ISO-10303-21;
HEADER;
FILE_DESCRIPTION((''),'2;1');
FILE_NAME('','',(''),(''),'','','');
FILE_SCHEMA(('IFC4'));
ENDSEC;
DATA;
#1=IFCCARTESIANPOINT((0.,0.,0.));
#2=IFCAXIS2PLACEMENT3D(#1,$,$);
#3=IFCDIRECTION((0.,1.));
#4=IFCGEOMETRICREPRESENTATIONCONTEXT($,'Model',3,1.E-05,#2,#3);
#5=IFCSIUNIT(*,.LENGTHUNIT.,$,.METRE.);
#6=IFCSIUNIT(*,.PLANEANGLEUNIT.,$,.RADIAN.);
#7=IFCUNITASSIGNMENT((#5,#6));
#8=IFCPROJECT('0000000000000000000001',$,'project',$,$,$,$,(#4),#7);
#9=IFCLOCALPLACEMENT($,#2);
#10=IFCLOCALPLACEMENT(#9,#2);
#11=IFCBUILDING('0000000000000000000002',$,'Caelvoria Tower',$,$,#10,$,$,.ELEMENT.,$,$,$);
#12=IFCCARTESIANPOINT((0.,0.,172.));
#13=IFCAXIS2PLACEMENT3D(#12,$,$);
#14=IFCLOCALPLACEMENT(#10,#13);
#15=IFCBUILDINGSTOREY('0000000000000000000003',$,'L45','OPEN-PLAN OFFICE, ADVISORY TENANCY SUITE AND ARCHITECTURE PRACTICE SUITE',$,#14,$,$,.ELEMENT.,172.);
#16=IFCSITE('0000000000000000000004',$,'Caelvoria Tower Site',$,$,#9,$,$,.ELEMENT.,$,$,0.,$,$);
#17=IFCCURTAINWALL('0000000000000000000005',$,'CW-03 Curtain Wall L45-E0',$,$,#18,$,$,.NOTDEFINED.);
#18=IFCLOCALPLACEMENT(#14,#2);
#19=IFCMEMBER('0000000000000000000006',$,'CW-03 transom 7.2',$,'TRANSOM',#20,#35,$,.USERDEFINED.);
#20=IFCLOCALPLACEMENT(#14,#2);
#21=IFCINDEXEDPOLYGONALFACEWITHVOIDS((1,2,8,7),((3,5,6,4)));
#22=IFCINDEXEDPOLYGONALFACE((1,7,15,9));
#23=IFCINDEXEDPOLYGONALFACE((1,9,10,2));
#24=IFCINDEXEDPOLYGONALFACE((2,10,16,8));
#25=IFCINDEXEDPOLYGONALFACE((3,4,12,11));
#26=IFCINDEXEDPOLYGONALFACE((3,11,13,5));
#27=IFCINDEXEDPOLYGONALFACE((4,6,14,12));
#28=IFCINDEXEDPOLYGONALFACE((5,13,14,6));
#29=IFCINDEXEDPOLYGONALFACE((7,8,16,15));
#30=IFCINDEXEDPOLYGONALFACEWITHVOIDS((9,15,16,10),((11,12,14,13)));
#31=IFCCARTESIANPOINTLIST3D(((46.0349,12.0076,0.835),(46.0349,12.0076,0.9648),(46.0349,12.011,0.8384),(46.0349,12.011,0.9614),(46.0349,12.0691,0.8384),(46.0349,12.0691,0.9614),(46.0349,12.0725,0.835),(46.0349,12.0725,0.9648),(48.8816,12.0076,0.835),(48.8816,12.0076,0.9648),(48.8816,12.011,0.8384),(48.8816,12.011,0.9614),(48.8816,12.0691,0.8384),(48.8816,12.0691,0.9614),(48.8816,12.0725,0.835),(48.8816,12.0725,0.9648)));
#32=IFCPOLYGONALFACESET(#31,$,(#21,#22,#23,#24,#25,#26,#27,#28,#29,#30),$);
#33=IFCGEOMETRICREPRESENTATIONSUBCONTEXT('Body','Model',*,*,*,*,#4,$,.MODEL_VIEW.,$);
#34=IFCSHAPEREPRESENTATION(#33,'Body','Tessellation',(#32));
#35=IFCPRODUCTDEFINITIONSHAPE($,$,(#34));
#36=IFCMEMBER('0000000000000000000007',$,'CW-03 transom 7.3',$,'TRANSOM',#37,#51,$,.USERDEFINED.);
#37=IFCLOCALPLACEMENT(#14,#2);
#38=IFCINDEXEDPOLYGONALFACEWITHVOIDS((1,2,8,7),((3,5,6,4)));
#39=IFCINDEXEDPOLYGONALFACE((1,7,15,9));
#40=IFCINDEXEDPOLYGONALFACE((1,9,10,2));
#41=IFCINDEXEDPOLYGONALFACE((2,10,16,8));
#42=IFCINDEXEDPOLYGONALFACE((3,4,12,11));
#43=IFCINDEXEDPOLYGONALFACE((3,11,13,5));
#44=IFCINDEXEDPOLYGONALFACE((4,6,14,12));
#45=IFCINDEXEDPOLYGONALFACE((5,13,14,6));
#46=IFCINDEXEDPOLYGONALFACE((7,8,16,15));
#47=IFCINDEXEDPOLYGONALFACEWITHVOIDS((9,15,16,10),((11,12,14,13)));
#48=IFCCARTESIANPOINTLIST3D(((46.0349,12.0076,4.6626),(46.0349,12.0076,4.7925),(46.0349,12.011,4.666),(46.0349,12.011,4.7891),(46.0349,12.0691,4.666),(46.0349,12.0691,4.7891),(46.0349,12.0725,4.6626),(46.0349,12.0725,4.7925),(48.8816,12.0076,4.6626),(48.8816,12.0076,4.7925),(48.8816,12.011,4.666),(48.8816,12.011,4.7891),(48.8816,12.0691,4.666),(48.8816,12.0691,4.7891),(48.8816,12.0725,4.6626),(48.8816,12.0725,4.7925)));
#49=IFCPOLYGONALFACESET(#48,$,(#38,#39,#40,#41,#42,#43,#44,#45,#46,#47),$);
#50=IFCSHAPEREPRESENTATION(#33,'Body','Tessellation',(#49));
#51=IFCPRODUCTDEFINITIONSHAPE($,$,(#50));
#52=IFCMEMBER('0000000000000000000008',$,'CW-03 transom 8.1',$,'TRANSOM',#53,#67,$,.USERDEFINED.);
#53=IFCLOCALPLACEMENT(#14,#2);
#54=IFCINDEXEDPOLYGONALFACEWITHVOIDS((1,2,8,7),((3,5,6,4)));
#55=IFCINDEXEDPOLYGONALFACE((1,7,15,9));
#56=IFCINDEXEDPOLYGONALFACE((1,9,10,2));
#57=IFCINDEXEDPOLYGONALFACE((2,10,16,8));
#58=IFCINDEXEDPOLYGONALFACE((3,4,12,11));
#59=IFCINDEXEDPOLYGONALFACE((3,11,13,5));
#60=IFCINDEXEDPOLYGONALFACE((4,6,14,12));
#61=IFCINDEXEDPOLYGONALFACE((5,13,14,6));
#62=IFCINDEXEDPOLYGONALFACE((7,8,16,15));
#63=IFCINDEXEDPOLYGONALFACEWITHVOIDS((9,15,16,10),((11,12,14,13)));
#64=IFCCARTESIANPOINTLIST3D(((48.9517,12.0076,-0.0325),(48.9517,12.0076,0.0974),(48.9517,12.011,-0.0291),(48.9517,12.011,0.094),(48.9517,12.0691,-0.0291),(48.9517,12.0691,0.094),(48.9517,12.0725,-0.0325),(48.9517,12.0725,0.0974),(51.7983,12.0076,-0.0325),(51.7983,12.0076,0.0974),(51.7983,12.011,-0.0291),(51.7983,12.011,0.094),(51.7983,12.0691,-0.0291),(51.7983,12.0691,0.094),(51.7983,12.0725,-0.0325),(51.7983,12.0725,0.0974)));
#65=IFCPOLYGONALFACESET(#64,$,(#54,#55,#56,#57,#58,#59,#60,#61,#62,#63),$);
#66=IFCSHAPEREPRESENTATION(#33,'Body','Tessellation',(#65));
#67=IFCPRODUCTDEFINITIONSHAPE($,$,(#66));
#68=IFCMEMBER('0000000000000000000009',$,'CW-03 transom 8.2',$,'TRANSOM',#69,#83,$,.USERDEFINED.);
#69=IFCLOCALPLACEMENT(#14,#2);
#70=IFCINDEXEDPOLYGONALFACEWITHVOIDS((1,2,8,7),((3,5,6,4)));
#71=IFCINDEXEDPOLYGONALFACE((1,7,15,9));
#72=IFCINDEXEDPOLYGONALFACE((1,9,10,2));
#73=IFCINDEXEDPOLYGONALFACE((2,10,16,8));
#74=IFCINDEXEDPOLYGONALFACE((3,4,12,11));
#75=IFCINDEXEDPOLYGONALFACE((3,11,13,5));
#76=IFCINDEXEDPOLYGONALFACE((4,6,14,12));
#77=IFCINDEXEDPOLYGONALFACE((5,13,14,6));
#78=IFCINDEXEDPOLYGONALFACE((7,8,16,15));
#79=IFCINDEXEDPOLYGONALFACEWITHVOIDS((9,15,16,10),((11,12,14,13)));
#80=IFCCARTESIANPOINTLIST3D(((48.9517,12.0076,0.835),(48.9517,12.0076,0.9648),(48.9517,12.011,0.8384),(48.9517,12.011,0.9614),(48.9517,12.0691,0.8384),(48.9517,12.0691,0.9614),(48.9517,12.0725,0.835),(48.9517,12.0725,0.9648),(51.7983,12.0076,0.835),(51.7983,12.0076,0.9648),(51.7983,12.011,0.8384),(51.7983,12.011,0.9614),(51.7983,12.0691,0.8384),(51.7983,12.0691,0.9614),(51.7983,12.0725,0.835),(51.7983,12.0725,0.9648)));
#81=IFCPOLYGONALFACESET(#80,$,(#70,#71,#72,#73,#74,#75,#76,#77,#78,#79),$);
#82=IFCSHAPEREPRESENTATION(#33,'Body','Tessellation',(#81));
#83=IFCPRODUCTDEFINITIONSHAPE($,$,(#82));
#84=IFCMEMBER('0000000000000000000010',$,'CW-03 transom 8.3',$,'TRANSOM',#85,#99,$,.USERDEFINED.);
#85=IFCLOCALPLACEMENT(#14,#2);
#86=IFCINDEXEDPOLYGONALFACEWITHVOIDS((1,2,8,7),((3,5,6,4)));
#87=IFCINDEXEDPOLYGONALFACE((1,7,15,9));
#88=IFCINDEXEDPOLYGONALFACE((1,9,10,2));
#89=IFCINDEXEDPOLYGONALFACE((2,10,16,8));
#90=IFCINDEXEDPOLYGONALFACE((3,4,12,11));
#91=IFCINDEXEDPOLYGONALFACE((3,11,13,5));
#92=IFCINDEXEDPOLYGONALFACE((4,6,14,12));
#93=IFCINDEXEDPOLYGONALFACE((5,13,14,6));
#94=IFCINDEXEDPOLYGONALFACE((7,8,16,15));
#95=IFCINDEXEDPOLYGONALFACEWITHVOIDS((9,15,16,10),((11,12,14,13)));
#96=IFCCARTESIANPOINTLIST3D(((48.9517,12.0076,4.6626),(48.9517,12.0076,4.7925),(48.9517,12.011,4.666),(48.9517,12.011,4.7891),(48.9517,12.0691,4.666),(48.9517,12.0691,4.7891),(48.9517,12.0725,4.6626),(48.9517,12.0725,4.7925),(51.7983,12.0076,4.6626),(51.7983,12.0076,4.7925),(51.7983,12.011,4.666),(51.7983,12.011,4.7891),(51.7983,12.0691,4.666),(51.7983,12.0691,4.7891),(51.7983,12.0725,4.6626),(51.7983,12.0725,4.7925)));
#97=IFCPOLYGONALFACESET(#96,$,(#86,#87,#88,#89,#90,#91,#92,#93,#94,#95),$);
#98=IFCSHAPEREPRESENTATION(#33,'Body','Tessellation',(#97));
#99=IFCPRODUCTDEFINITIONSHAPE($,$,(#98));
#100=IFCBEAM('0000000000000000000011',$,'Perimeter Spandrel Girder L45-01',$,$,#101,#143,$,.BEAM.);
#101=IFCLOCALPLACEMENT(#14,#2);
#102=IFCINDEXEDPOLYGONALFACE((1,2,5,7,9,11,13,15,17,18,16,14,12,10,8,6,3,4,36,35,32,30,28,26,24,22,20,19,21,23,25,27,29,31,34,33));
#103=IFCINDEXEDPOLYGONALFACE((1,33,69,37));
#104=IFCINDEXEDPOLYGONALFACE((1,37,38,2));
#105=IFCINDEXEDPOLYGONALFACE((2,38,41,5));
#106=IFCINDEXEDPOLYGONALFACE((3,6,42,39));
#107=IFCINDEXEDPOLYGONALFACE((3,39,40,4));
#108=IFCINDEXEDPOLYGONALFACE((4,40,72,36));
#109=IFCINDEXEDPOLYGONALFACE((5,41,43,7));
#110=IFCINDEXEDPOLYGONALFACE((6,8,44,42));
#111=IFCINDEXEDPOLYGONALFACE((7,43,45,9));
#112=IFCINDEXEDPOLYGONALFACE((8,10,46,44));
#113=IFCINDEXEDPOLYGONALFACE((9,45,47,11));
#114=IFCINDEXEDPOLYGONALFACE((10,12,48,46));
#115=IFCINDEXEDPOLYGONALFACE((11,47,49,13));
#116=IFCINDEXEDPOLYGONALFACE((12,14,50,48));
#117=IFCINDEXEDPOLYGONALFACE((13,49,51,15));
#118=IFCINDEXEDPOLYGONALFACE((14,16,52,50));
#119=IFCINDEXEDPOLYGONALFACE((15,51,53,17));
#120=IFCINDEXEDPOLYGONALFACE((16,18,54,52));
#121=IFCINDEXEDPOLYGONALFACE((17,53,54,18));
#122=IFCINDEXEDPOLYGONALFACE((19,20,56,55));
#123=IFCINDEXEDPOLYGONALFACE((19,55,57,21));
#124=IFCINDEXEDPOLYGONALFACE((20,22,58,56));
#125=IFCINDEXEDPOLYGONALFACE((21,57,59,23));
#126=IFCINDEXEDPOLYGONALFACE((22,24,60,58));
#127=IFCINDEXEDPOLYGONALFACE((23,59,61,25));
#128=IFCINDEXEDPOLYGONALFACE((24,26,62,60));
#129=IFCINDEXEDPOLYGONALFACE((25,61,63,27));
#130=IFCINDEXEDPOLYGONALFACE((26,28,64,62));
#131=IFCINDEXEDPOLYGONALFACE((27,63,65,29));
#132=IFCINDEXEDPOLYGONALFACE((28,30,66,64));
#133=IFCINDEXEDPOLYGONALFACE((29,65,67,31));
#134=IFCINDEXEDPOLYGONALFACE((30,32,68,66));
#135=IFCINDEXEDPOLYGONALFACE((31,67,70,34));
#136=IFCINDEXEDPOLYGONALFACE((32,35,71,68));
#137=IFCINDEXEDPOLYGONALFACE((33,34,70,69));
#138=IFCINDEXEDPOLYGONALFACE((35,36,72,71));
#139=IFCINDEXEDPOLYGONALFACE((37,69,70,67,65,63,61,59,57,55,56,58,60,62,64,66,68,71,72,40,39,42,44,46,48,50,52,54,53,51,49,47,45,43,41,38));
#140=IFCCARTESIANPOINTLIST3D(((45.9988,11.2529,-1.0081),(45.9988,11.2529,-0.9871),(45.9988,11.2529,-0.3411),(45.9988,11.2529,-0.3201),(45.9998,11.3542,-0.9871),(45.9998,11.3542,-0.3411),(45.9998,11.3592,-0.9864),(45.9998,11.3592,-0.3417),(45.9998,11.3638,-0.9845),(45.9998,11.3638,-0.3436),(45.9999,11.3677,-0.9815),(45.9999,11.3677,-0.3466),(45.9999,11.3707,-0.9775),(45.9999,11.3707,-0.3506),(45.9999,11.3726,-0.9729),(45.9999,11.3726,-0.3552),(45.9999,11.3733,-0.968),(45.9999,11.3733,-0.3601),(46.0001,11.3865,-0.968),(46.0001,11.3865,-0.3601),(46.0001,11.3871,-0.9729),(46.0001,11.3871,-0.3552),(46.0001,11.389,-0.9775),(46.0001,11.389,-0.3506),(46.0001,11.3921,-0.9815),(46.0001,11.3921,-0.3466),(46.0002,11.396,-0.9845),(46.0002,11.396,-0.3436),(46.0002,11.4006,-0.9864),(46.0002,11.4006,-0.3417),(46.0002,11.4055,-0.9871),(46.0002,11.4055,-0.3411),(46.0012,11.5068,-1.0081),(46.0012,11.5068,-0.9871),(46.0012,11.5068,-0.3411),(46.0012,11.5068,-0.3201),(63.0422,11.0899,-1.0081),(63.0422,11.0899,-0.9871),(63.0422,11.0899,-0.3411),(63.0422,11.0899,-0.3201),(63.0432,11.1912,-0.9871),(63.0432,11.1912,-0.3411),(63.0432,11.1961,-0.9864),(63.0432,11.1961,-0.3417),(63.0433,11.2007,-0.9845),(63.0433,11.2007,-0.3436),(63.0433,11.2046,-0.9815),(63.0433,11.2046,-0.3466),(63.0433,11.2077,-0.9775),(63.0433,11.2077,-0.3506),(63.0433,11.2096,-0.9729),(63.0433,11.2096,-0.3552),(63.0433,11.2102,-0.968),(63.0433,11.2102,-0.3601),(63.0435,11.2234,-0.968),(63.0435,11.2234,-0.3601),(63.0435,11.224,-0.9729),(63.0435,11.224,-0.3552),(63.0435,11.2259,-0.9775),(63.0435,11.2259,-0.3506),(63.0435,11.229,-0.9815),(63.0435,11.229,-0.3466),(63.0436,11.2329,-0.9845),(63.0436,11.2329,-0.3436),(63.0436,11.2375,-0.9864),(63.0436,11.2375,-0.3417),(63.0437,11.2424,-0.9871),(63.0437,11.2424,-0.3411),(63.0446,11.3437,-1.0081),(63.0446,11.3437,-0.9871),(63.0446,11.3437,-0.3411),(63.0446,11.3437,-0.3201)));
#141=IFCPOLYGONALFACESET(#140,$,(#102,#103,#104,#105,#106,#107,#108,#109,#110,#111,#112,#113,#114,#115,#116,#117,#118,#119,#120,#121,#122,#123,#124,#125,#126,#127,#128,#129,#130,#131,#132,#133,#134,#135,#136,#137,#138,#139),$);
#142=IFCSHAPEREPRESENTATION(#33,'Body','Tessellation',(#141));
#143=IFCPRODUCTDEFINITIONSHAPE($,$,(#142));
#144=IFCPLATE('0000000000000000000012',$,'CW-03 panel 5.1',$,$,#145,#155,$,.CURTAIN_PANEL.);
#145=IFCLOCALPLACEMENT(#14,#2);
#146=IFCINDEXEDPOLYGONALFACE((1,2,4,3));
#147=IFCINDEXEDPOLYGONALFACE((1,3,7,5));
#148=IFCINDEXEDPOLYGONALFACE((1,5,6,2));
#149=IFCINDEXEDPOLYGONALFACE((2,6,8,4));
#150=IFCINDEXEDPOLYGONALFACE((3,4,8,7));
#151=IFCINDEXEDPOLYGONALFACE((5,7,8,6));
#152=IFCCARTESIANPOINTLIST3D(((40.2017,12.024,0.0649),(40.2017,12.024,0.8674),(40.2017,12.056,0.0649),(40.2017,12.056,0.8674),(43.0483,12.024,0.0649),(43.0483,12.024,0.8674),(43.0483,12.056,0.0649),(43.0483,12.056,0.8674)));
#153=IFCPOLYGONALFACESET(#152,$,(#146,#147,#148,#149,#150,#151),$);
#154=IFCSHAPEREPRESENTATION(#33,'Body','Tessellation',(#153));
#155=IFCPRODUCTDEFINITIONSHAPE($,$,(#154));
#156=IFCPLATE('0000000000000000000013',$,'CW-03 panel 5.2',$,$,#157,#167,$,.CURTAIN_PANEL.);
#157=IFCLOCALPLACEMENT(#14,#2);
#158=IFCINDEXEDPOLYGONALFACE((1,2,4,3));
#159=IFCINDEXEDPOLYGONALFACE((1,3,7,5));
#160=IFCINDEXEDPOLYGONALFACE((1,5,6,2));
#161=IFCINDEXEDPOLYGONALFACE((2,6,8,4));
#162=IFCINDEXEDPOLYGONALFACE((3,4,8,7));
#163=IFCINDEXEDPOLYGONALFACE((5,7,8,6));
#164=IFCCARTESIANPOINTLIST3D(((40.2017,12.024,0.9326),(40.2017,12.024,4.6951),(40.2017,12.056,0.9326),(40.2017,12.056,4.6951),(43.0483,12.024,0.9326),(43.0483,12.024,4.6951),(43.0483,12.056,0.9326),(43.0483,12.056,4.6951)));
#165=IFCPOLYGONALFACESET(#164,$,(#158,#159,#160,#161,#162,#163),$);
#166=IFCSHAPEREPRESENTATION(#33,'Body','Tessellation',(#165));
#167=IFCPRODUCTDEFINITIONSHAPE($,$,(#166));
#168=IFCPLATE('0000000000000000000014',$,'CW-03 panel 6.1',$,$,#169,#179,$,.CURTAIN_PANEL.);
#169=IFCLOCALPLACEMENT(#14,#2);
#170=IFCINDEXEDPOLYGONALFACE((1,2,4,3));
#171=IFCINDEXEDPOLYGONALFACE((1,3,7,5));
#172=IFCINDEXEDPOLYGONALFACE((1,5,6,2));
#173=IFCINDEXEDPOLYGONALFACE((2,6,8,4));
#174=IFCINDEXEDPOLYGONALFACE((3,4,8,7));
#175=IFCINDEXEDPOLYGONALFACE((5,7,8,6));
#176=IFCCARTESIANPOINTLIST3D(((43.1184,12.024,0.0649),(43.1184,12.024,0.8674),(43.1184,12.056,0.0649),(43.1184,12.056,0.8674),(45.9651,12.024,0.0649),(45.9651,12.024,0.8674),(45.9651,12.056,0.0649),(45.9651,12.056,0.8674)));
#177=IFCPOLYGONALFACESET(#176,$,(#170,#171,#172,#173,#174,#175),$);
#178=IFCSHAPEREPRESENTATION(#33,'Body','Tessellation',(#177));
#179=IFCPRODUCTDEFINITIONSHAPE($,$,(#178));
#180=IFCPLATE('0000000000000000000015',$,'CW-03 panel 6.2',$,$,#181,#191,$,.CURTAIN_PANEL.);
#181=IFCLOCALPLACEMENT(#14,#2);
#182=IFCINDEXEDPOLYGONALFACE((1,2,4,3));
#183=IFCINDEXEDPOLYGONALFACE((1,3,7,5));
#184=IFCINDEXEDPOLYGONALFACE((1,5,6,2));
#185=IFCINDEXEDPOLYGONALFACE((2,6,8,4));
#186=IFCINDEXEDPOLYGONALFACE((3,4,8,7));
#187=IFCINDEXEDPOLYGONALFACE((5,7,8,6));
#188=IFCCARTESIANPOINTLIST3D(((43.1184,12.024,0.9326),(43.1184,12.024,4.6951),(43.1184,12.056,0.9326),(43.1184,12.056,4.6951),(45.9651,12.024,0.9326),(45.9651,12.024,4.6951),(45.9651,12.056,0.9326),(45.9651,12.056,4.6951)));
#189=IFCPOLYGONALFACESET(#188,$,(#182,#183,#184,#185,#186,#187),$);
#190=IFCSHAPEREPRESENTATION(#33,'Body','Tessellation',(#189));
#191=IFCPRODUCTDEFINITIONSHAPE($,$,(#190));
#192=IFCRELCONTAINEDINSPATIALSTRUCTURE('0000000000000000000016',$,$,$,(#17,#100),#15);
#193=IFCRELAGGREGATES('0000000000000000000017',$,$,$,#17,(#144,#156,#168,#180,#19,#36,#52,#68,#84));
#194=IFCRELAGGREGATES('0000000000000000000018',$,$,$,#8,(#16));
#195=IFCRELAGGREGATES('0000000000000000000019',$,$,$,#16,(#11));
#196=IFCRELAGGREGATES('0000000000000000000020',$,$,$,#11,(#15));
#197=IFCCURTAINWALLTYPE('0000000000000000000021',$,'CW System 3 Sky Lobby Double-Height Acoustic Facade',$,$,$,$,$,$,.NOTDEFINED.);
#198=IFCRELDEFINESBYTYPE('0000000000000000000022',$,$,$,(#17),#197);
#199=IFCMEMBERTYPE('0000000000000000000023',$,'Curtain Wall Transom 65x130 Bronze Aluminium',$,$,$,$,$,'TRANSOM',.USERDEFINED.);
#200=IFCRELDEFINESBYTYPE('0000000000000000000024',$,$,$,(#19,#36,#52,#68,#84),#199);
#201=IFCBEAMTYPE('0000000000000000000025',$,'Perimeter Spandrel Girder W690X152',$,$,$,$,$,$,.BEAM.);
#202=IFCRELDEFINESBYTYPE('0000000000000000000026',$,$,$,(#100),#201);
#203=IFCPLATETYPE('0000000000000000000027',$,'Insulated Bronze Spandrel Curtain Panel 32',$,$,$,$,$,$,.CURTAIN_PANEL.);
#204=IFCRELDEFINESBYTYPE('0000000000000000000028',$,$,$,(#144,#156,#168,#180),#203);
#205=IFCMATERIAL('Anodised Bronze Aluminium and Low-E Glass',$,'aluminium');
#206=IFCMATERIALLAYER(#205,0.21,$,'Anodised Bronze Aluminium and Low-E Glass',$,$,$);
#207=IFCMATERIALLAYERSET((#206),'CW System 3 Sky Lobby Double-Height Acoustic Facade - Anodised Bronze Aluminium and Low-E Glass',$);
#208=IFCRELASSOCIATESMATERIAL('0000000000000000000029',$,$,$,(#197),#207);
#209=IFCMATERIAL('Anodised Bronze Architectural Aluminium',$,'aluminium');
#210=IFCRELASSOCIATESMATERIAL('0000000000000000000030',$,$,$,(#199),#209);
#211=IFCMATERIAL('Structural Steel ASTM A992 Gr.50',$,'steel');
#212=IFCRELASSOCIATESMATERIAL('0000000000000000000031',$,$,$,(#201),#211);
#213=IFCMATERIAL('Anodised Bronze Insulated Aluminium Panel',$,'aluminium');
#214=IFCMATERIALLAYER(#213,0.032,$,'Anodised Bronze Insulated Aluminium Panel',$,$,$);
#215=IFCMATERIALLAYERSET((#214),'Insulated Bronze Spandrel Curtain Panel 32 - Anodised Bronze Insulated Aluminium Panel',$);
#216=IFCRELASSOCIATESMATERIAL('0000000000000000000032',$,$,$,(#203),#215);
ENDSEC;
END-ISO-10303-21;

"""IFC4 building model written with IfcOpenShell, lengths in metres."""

from ifc_helpers import new_model, si_unit, direction, frame, origin, origin_2d, place, context, subcontext, project, spatial, rectangle, hollow_rectangle, i_section, extrude, material, layer, layer_set, material_profile, profile_set, type_object, element, aggregate, save


model = new_model("IFC4")

# Units and contexts
model_context = context("Model", 3, precision=1e-05, world=origin(), true_north=direction((0.0, 1.0)))
body_context = subcontext(model_context, "Body", "Model", "MODEL_VIEW")
ifc_project = project(units=[si_unit("LENGTHUNIT", "METRE"), si_unit("PLANEANGLEUNIT", "RADIAN")], contexts=[model_context])

# Site, building, storey
site_placement = place(None, origin())
site = spatial("IfcSite", under=ifc_project, at=site_placement, Name="Caelvoria Tower Site", CompositionType="ELEMENT", RefElevation=0.0)
building_placement = place(site_placement, origin())
building = spatial("IfcBuilding", under=site, at=building_placement, Name="Caelvoria Tower", CompositionType="ELEMENT")
storey_placement = place(building_placement, frame((0.0, 0.0, 172.0)))
storey = spatial("IfcBuildingStorey", under=building, at=storey_placement, Name="L45", Description="OPEN-PLAN OFFICE, ADVISORY TENANCY SUITE AND ARCHITECTURE PRACTICE SUITE", CompositionType="ELEMENT", Elevation=172.0)

# Shared definitions
ifc_material_1 = material(Name="Structural Steel ASTM A992 Gr.50", Category="steel")

# Curtain wall, members
ifc_material_2 = material(Name="Anodised Bronze Aluminium and Low-E Glass", Category="aluminium")
ifc_layer_1 = layer(ifc_material_2, 0.21, Name="Anodised Bronze Aluminium and Low-E Glass")
ifc_layer_set_1 = layer_set([ifc_layer_1], Name="CW System 3 Sky Lobby Double-Height Acoustic Facade - Anodised Bronze Aluminium and Low-E Glass")
curtain_wall_type = type_object("IfcCurtainWallType", Name="CW System 3 Sky Lobby Double-Height Acoustic Facade", PredefinedType="NOTDEFINED", material=ifc_layer_set_1)
curtain_wall_placement = place(storey_placement, origin())
curtain_wall = element("IfcCurtainWall", 1, at=curtain_wall_placement, inside=storey, type_object=curtain_wall_type, Name="CW-03 Curtain Wall L45-E0", PredefinedType="NOTDEFINED")
ifc_material_3 = material(Name="Anodised Bronze Architectural Aluminium", Category="aluminium")
ifc_material_profile_1 = material_profile(ifc_material_3, hollow_rectangle(XDim=0.0649, YDim=0.1299, WallThickness=0.0034, at=origin_2d()), Name="Anodised Bronze Architectural Aluminium")
ifc_profile_set_1 = profile_set([ifc_material_profile_1], Name="CW_TRAN_65X130 - Anodised Bronze Architectural Aluminium")
member_type_1 = type_object("IfcMemberType", Name="Curtain Wall Transom 65x130 Bronze Aluminium", ElementType="TRANSOM", PredefinedType="USERDEFINED", material=ifc_profile_set_1)
member_1_placement = place(storey_placement, frame((46.0349, 12.04, 0.8999), z_axis=(1.0, 0.0, 0.0), x_axis=(0.0, 1.0, 0.0)))
member_1 = element("IfcMember", 2, at=member_1_placement, type_object=member_type_1, Name="CW-03 transom 7.2", ObjectType="TRANSOM", PredefinedType="USERDEFINED", context=body_context, shape_type="SweptSolid", body=[
    extrude(hollow_rectangle(XDim=0.0649, YDim=0.1299, WallThickness=0.0034, at=origin_2d()), origin(), (0.0, 0.0, 1.0), 2.8467),
])
member_2_placement = place(storey_placement, frame((46.0349, 12.04, 4.7275), z_axis=(1.0, 0.0, 0.0), x_axis=(0.0, 1.0, 0.0)))
member_2 = element("IfcMember", 3, at=member_2_placement, type_object=member_type_1, Name="CW-03 transom 7.3", ObjectType="TRANSOM", PredefinedType="USERDEFINED", context=body_context, shape_type="SweptSolid", body=[
    extrude(hollow_rectangle(XDim=0.0649, YDim=0.1299, WallThickness=0.0034, at=origin_2d()), origin(), (0.0, 0.0, 1.0), 2.8467),
])
member_3_placement = place(storey_placement, frame((48.9517, 12.04, 0.0325), z_axis=(1.0, 0.0, 0.0), x_axis=(0.0, 1.0, 0.0)))
member_3 = element("IfcMember", 4, at=member_3_placement, type_object=member_type_1, Name="CW-03 transom 8.1", ObjectType="TRANSOM", PredefinedType="USERDEFINED", context=body_context, shape_type="SweptSolid", body=[
    extrude(hollow_rectangle(XDim=0.0649, YDim=0.1299, WallThickness=0.0034, at=origin_2d()), origin(), (0.0, 0.0, 1.0), 2.8467),
])
member_4_placement = place(storey_placement, frame((48.9517, 12.04, 0.8999), z_axis=(1.0, 0.0, 0.0), x_axis=(0.0, 1.0, 0.0)))
member_4 = element("IfcMember", 5, at=member_4_placement, type_object=member_type_1, Name="CW-03 transom 8.2", ObjectType="TRANSOM", PredefinedType="USERDEFINED", context=body_context, shape_type="SweptSolid", body=[
    extrude(hollow_rectangle(XDim=0.0649, YDim=0.1299, WallThickness=0.0034, at=origin_2d()), origin(), (0.0, 0.0, 1.0), 2.8467),
])
member_5_placement = place(storey_placement, frame((48.9517, 12.04, 4.7275), z_axis=(1.0, 0.0, 0.0), x_axis=(0.0, 1.0, 0.0)))
member_5 = element("IfcMember", 6, at=member_5_placement, type_object=member_type_1, Name="CW-03 transom 8.3", ObjectType="TRANSOM", PredefinedType="USERDEFINED", context=body_context, shape_type="SweptSolid", body=[
    extrude(hollow_rectangle(XDim=0.0649, YDim=0.1299, WallThickness=0.0034, at=origin_2d()), origin(), (0.0, 0.0, 1.0), 2.8467),
])

# Beam
ifc_material_profile_2 = material_profile(ifc_material_1, i_section(OverallWidth=0.2539, OverallDepth=0.688, WebThickness=0.0132, FlangeThickness=0.021, FilletRadius=0.019, at=origin_2d()), Name="Structural Steel ASTM A992 Gr.50")
ifc_profile_set_2 = profile_set([ifc_material_profile_2], Name="W690X152 - Structural Steel ASTM A992 Gr.50")
beam_type = type_object("IfcBeamType", Name="Perimeter Spandrel Girder W690X152", PredefinedType="BEAM", material=ifc_profile_set_2)
beam_placement = place(storey_placement, frame((46.0, 11.3799, -0.6641), z_axis=(0.999954, -0.009568, 0.0), x_axis=(0.009568, 0.999954, 0.0)))
element("IfcBeam", 7, at=beam_placement, inside=storey, type_object=beam_type, Name="Perimeter Spandrel Girder L45-01", PredefinedType="BEAM", context=body_context, shape_type="SweptSolid", body=[
    extrude(i_section(OverallWidth=0.2539, OverallDepth=0.688, WebThickness=0.0132, FlangeThickness=0.021, FilletRadius=0.019, at=origin_2d()), origin(), (0.0, 0.0, 1.0), 17.0442),
])

# Plates
ifc_material_4 = material(Name="Anodised Bronze Insulated Aluminium Panel", Category="aluminium")
ifc_layer_2 = layer(ifc_material_4, 0.032, Name="Anodised Bronze Insulated Aluminium Panel")
ifc_layer_set_2 = layer_set([ifc_layer_2], Name="Insulated Bronze Spandrel Curtain Panel 32 - Anodised Bronze Insulated Aluminium Panel")
plate_type = type_object("IfcPlateType", Name="Insulated Bronze Spandrel Curtain Panel 32", PredefinedType="CURTAIN_PANEL", material=ifc_layer_set_2)
plate_1_placement = place(storey_placement, frame((41.625, 12.04, 0.0649), z_axis=(0.0, 0.0, 1.0), x_axis=(1.0, 0.0, 0.0)))
plate_1 = element("IfcPlate", 8, at=plate_1_placement, type_object=plate_type, Name="CW-03 panel 5.1", PredefinedType="CURTAIN_PANEL", context=body_context, shape_type="SweptSolid", body=[
    extrude(rectangle(XDim=2.8467, YDim=0.032, at=origin_2d()), origin(), (0.0, 0.0, 1.0), 0.8025),
])
plate_2_placement = place(storey_placement, frame((41.625, 12.04, 0.9326), z_axis=(0.0, 0.0, 1.0), x_axis=(1.0, 0.0, 0.0)))
plate_2 = element("IfcPlate", 9, at=plate_2_placement, type_object=plate_type, Name="CW-03 panel 5.2", PredefinedType="CURTAIN_PANEL", context=body_context, shape_type="SweptSolid", body=[
    extrude(rectangle(XDim=2.8467, YDim=0.032, at=origin_2d()), origin(), (0.0, 0.0, 1.0), 3.7625),
])
plate_3_placement = place(storey_placement, frame((44.5417, 12.04, 0.0649), z_axis=(0.0, 0.0, 1.0), x_axis=(1.0, 0.0, 0.0)))
plate_3 = element("IfcPlate", 10, at=plate_3_placement, type_object=plate_type, Name="CW-03 panel 6.1", PredefinedType="CURTAIN_PANEL", context=body_context, shape_type="SweptSolid", body=[
    extrude(rectangle(XDim=2.8467, YDim=0.032, at=origin_2d()), origin(), (0.0, 0.0, 1.0), 0.8025),
])
plate_4_placement = place(storey_placement, frame((44.5417, 12.04, 0.9326), z_axis=(0.0, 0.0, 1.0), x_axis=(1.0, 0.0, 0.0)))
plate_4 = element("IfcPlate", 11, at=plate_4_placement, type_object=plate_type, Name="CW-03 panel 6.2", PredefinedType="CURTAIN_PANEL", context=body_context, shape_type="SweptSolid", body=[
    extrude(rectangle(XDim=2.8467, YDim=0.032, at=origin_2d()), origin(), (0.0, 0.0, 1.0), 3.7625),
])
aggregate(curtain_wall, [plate_1, plate_2, plate_3, plate_4, member_1, member_2, member_3, member_4, member_5])

save(model, "model.ifc")
